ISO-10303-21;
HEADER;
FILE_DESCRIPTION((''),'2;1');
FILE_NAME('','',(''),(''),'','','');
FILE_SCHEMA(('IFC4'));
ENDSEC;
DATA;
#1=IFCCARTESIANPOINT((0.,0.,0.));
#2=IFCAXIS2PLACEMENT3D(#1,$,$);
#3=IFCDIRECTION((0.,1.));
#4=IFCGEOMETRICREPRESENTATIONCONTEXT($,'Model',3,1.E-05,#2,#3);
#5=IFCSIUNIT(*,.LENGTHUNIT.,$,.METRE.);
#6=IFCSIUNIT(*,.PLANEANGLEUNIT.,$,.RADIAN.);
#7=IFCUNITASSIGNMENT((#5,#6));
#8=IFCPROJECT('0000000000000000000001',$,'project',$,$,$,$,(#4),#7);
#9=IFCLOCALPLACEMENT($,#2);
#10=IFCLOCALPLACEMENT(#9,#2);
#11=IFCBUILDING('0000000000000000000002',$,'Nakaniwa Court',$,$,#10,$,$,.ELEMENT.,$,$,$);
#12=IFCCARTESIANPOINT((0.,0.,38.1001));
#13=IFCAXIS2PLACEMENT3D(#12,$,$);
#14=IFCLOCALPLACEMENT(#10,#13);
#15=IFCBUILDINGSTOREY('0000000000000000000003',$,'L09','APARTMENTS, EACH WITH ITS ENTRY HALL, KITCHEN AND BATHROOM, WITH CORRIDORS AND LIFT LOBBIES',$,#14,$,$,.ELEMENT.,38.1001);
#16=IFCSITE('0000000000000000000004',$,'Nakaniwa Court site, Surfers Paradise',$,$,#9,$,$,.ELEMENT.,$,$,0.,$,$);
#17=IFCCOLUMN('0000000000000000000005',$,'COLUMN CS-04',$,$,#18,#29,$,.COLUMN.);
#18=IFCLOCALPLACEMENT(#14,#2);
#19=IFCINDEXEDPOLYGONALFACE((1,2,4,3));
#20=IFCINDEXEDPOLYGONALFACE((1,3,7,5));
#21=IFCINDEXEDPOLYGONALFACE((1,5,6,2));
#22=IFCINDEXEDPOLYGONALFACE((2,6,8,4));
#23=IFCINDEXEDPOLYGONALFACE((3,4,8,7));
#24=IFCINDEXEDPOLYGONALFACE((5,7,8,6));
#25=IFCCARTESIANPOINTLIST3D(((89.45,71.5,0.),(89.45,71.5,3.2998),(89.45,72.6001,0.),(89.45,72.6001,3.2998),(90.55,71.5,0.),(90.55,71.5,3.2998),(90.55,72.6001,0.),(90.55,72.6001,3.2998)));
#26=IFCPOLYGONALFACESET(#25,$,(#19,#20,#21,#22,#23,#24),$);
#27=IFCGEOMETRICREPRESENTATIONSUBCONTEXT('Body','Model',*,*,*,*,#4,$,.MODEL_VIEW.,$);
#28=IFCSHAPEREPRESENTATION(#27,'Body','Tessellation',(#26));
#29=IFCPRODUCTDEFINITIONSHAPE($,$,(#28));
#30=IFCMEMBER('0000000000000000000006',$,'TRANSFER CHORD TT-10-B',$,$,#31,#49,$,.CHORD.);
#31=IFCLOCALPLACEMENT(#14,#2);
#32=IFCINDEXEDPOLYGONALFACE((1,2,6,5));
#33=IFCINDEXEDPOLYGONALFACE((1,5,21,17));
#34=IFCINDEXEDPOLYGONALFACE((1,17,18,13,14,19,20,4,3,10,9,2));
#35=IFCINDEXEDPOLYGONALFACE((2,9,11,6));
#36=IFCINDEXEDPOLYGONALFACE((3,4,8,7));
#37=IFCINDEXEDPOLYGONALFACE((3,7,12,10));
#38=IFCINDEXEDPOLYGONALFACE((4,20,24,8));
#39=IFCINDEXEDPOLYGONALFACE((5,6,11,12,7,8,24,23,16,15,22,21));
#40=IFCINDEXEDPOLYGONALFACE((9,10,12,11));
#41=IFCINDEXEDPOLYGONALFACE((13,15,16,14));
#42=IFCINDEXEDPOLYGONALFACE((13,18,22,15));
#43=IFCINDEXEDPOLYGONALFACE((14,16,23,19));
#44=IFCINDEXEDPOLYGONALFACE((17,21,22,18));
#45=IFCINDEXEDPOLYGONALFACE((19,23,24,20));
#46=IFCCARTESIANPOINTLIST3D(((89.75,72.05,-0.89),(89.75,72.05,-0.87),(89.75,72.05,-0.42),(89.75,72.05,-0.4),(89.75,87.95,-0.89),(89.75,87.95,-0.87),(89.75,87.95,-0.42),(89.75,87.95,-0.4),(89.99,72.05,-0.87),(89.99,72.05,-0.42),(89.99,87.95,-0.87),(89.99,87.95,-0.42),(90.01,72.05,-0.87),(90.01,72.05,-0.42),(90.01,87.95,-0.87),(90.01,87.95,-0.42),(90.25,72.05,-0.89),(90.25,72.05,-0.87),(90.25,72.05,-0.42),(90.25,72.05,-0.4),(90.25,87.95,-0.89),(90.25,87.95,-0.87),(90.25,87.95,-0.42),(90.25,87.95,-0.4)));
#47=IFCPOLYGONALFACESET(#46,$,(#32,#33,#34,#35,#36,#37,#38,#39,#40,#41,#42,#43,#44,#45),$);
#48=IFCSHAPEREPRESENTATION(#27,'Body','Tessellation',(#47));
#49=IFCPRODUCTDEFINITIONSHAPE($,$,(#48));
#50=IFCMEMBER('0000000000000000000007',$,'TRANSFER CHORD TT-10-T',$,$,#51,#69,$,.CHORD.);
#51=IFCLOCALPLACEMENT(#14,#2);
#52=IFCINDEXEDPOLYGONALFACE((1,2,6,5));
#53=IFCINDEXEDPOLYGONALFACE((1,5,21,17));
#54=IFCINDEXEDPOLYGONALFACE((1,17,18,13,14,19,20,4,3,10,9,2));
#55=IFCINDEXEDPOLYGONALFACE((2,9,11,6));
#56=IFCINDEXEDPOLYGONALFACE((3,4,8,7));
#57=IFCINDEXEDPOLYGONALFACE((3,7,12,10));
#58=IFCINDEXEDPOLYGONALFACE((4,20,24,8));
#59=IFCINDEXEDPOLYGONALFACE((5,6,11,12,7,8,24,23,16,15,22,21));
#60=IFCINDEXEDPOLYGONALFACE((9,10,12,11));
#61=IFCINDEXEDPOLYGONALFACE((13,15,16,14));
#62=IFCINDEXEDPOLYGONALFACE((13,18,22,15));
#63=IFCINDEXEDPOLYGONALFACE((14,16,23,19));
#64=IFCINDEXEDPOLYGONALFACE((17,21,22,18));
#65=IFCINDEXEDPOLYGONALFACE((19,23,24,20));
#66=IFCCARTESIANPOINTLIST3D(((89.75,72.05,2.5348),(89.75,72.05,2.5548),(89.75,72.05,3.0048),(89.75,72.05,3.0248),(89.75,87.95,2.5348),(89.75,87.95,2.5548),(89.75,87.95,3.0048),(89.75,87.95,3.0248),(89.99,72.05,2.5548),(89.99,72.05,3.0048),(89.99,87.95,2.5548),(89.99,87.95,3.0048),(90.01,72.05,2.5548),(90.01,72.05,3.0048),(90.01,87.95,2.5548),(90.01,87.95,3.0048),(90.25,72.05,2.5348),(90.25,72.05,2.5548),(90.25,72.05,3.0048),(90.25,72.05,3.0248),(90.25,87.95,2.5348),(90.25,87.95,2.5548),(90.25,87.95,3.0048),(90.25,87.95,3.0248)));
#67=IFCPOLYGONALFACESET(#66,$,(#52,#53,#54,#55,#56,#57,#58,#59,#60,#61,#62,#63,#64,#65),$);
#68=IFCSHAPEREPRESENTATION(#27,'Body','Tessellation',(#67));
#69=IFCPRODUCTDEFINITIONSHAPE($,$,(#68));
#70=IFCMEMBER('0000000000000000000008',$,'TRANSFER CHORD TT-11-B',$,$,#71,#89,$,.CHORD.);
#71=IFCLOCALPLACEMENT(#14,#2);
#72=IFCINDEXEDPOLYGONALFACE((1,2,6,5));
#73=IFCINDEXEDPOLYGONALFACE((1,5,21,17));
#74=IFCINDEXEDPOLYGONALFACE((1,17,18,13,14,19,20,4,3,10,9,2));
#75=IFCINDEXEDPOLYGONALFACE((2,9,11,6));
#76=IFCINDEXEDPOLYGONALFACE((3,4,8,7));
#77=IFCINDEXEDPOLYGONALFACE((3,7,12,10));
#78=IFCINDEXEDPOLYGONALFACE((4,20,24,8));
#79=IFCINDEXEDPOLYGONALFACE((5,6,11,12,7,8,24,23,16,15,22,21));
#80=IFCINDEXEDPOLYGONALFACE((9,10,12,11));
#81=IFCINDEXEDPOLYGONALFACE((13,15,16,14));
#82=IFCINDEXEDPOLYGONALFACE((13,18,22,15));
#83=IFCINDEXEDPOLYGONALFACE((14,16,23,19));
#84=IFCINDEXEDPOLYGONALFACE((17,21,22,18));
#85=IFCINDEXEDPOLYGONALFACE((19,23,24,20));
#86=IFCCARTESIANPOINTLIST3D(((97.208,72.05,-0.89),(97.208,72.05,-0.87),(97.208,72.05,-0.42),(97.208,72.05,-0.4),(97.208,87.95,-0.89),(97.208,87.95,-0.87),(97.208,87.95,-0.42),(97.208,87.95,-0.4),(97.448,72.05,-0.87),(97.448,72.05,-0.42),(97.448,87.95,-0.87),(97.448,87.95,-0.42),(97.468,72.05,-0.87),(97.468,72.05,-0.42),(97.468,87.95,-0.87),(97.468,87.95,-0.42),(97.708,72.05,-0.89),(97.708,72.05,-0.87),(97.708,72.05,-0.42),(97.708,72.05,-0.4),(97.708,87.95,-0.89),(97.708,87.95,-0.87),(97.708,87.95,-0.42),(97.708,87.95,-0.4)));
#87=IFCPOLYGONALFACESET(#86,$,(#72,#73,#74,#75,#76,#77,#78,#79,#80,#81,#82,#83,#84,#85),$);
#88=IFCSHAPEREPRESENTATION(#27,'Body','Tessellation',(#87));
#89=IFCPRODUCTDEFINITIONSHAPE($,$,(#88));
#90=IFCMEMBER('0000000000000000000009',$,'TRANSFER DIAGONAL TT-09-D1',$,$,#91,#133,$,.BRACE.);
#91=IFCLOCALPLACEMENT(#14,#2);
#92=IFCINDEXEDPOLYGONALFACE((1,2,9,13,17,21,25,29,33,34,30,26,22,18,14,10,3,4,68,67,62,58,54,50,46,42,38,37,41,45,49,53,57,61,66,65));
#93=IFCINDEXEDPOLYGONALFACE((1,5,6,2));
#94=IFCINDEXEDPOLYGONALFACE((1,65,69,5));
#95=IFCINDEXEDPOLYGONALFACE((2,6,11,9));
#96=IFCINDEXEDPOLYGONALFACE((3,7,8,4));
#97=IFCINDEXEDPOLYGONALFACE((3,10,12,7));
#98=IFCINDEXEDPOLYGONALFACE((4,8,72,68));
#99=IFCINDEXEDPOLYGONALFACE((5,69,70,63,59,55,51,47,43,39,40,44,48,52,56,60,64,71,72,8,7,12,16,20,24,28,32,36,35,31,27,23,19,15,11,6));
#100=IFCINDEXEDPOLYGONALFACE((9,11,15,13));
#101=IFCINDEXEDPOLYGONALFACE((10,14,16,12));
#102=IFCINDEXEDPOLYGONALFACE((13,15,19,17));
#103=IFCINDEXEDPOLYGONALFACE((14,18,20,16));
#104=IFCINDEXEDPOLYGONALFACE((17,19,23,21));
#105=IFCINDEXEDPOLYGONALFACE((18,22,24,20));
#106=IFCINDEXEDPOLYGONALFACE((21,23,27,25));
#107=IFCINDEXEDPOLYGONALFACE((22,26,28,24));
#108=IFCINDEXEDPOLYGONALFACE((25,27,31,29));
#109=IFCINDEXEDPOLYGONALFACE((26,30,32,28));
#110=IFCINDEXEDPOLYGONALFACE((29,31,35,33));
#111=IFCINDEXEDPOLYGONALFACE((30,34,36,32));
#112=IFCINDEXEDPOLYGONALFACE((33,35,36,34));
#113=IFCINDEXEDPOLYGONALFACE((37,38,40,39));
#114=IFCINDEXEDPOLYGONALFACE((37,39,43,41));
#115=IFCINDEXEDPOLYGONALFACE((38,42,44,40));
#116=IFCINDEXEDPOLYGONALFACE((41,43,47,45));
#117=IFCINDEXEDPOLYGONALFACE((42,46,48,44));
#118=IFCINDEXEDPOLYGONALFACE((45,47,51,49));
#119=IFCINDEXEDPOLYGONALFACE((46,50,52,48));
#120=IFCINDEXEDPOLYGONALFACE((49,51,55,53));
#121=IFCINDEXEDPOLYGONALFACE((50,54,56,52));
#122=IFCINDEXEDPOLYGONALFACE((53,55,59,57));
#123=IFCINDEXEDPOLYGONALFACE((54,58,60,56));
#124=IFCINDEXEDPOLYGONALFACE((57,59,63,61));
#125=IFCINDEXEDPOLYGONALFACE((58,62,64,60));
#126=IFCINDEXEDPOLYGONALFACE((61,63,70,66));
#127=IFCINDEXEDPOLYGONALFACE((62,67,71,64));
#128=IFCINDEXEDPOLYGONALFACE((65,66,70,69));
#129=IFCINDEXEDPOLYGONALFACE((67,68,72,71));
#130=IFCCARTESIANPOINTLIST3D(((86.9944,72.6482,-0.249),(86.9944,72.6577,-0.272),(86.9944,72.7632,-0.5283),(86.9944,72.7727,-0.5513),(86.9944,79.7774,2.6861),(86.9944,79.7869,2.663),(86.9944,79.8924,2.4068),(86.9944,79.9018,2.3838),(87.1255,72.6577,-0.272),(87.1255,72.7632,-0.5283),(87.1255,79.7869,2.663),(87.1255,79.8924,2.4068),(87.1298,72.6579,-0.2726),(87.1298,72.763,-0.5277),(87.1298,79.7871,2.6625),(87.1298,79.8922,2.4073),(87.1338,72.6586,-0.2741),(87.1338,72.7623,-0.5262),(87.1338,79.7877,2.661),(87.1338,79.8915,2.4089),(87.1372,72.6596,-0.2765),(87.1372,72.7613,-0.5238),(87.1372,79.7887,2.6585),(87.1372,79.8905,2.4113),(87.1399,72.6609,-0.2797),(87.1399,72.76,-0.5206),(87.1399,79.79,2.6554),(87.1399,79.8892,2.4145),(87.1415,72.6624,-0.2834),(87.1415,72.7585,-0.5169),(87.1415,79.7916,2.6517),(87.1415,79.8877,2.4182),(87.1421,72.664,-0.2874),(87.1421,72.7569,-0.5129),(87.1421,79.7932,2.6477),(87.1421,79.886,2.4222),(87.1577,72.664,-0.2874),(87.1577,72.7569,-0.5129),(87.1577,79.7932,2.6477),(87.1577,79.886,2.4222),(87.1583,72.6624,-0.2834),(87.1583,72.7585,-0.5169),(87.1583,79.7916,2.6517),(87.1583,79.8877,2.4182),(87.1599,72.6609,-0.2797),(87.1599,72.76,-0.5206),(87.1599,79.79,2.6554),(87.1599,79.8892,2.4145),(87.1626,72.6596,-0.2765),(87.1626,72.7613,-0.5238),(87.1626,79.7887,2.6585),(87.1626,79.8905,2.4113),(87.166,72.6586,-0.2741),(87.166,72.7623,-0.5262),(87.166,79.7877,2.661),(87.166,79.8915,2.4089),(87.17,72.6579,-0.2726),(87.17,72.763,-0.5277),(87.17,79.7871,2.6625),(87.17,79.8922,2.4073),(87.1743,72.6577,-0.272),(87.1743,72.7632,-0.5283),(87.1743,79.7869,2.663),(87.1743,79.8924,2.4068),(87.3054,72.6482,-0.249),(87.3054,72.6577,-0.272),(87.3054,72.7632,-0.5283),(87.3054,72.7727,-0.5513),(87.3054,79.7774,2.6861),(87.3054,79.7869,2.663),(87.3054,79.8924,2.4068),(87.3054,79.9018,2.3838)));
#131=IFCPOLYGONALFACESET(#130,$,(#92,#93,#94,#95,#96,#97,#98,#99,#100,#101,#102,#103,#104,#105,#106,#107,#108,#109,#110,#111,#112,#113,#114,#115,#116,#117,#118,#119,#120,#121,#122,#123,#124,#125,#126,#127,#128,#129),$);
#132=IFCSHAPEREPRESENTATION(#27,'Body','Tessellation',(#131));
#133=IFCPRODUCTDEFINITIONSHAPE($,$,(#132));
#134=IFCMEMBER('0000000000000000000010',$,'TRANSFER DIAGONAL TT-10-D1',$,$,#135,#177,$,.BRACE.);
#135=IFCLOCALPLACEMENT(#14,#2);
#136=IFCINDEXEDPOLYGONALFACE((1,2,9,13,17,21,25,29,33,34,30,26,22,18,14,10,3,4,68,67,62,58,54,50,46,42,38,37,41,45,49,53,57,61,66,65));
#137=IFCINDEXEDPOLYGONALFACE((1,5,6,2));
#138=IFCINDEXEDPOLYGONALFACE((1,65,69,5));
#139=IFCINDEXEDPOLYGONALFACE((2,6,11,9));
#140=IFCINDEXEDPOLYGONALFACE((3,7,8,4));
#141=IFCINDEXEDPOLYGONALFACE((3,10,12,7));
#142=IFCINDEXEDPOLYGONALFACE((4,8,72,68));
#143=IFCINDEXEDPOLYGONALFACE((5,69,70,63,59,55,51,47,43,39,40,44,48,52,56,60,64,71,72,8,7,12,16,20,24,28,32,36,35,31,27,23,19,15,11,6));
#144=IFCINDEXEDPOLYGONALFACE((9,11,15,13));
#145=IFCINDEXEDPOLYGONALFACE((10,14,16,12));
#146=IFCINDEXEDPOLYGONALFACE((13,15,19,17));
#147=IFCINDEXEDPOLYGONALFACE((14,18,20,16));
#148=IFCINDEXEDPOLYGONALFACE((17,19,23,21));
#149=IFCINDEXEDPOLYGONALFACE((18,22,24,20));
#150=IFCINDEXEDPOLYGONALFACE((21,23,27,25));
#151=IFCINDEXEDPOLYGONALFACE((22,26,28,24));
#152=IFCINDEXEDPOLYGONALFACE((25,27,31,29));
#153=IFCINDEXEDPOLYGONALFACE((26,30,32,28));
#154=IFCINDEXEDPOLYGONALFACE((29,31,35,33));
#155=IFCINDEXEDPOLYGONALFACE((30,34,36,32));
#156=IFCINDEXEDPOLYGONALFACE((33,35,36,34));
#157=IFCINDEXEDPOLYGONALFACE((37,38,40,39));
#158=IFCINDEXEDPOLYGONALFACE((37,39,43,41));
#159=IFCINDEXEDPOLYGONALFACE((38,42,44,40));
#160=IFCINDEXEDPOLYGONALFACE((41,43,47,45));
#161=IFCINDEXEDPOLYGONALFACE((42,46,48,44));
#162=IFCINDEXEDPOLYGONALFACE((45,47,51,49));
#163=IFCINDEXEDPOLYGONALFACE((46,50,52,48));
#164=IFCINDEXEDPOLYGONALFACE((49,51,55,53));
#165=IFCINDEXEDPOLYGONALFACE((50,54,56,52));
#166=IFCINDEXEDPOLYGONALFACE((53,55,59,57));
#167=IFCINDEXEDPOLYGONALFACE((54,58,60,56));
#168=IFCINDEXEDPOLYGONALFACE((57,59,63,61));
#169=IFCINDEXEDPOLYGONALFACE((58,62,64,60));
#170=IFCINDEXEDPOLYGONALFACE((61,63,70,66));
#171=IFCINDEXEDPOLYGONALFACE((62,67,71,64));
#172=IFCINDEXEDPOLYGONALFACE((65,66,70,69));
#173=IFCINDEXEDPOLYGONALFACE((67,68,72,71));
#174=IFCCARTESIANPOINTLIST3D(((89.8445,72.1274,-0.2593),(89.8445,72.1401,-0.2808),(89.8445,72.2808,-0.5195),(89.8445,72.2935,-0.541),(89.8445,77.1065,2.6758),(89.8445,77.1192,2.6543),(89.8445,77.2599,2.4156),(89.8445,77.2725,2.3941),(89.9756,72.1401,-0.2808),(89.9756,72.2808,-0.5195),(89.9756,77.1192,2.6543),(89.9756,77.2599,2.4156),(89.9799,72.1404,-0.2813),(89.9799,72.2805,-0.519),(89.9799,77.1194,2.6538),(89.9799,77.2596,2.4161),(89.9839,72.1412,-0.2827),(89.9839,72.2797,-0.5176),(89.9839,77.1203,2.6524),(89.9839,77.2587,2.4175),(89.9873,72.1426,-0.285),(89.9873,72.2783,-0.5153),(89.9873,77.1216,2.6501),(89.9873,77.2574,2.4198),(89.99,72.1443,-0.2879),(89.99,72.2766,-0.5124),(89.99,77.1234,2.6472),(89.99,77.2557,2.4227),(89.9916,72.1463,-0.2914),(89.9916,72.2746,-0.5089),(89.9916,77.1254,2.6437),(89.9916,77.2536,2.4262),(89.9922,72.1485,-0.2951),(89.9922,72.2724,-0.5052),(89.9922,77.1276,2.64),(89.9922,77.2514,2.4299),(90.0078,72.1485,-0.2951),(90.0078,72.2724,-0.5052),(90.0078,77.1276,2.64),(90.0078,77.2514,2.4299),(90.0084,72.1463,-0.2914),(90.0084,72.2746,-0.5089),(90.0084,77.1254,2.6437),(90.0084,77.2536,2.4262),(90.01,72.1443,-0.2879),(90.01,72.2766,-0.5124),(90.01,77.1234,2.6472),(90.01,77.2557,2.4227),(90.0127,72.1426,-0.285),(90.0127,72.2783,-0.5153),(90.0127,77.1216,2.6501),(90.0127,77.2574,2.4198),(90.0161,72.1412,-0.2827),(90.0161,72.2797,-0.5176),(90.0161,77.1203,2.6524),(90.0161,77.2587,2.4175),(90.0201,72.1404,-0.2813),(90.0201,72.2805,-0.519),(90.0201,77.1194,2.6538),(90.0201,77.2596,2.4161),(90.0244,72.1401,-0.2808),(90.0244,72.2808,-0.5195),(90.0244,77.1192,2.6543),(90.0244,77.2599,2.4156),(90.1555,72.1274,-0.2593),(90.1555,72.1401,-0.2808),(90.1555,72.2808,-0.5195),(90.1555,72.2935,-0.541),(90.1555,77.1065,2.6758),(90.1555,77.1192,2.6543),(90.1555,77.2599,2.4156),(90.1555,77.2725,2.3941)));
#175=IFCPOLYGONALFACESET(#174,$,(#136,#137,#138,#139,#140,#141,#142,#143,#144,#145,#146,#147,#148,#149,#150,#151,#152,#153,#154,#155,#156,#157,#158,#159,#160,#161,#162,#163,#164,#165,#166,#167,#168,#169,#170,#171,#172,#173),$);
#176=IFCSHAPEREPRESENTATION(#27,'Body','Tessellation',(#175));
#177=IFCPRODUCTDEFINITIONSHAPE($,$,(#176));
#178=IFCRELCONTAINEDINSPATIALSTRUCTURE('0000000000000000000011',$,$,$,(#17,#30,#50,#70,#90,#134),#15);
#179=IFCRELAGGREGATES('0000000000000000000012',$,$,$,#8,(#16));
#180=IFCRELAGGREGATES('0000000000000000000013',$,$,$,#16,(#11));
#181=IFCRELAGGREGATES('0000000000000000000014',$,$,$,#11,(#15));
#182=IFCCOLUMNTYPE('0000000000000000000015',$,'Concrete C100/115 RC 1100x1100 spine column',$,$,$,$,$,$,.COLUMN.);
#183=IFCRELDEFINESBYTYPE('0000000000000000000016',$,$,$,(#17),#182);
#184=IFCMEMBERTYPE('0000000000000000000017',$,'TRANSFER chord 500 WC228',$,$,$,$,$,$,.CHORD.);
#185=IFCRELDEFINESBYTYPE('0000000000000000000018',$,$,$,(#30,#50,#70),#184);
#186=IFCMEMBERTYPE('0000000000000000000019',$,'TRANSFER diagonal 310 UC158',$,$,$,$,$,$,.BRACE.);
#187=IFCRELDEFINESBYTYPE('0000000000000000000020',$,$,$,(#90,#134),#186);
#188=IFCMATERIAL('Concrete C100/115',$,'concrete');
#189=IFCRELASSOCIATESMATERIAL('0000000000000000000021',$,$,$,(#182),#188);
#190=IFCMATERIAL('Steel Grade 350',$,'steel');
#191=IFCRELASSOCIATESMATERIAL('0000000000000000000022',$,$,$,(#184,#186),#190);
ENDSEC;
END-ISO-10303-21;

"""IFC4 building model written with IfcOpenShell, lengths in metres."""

from ifc_helpers import new_model, si_unit, direction, frame, origin, origin_2d, place, context, subcontext, project, spatial, rectangle, i_section, extrude, material, material_profile, profile_set, type_object, element, save


model = new_model("IFC4")

# Units and contexts
model_context = context("Model", 3, precision=1e-05, world=origin(), true_north=direction((0.0, 1.0)))
body_context = subcontext(model_context, "Body", "Model", "MODEL_VIEW")
ifc_project = project(units=[si_unit("LENGTHUNIT", "METRE"), si_unit("PLANEANGLEUNIT", "RADIAN")], contexts=[model_context])

# Site, building, storey
site_placement = place(None, origin())
site = spatial("IfcSite", under=ifc_project, at=site_placement, Name="Nakaniwa Court site, Surfers Paradise", CompositionType="ELEMENT", RefElevation=0.0)
building_placement = place(site_placement, origin())
building = spatial("IfcBuilding", under=site, at=building_placement, Name="Nakaniwa Court", CompositionType="ELEMENT")
storey_placement = place(building_placement, frame((0.0, 0.0, 38.1001)))
storey = spatial("IfcBuildingStorey", under=building, at=storey_placement, Name="L09", Description="APARTMENTS, EACH WITH ITS ENTRY HALL, KITCHEN AND BATHROOM, WITH CORRIDORS AND LIFT LOBBIES", CompositionType="ELEMENT", Elevation=38.1001)

# Column
ifc_material_1 = material(Name="Concrete C100/115", Category="concrete")
ifc_material_profile_1 = material_profile(ifc_material_1, rectangle(XDim=1.1001, YDim=1.1001, at=origin_2d()), Name="Concrete C100/115 RC 1100x1100 spine column")
ifc_profile_set_1 = profile_set([ifc_material_profile_1], Name="Concrete C100/115")
column_type = type_object("IfcColumnType", Name="Concrete C100/115 RC 1100x1100 spine column", PredefinedType="COLUMN", material=ifc_profile_set_1)
column_placement = place(storey_placement, frame((90.0, 72.05, 0.0), z_axis=(0.0, 0.0, 1.0), x_axis=(0.0, 1.0, 0.0)))
element("IfcColumn", 1, at=column_placement, inside=storey, type_object=column_type, Name="COLUMN CS-04", PredefinedType="COLUMN", context=body_context, shape_type="SweptSolid", body=[
    extrude(rectangle(XDim=1.1001, YDim=1.1001, at=origin_2d()), origin(), (0.0, 0.0, 1.0), 3.2998),
])

# Members
ifc_material_2 = material(Name="Steel Grade 350", Category="steel")
ifc_material_profile_2 = material_profile(ifc_material_2, i_section(OverallWidth=0.5, OverallDepth=0.49, WebThickness=0.02, FlangeThickness=0.02, at=origin_2d()), Name="500WC228")
ifc_profile_set_2 = profile_set([ifc_material_profile_2], Name="Steel Grade 350")
member_type_1 = type_object("IfcMemberType", Name="TRANSFER chord 500 WC228", PredefinedType="CHORD", material=ifc_profile_set_2)
for number, where, z_axis, x_axis, name in (
    (2, (90.0, 72.05, -0.645), (0.0, 1.0, 0.0), (-1.0, 0.0, 0.0), "TRANSFER CHORD TT-10-B"),
    (3, (90.0, 72.05, 2.7798), (0.0, 1.0, 0.0), (-1.0, 0.0, 0.0), "TRANSFER CHORD TT-10-T"),
    (4, (97.458, 72.05, -0.645), (0.0, 1.0, 0.0), (-1.0, 0.0, 0.0), "TRANSFER CHORD TT-11-B"),
):
    element("IfcMember", number, at=place(storey_placement, frame(where, z_axis=z_axis, x_axis=x_axis)), inside=storey, type_object=member_type_1, Name=name, PredefinedType="CHORD", context=body_context, shape_type="SweptSolid", body=[
        extrude(i_section(OverallWidth=0.5, OverallDepth=0.49, WebThickness=0.02, FlangeThickness=0.02, at=origin_2d()), origin(), (0.0, 0.0, 1.0), 15.8999),
    ])
ifc_material_profile_3 = material_profile(ifc_material_2, i_section(OverallWidth=0.311, OverallDepth=0.3269, WebThickness=0.0156, FlangeThickness=0.0249, FilletRadius=0.0166, at=origin_2d()), Name="310UC158")
ifc_profile_set_3 = profile_set([ifc_material_profile_3], Name="Steel Grade 350")
member_type_2 = type_object("IfcMemberType", Name="TRANSFER diagonal 310 UC158", PredefinedType="BRACE", material=ifc_profile_set_3)
member_1_placement = place(storey_placement, frame((87.1499, 72.7104, -0.4001), z_axis=(0.0, 0.9247, 0.380697), x_axis=(-1.0, 0.0, 0.0)))
element("IfcMember", 5, at=member_1_placement, inside=storey, type_object=member_type_2, Name="TRANSFER DIAGONAL TT-09-D1", PredefinedType="BRACE", context=body_context, shape_type="SweptSolid", body=[
    extrude(i_section(OverallWidth=0.311, OverallDepth=0.3269, WebThickness=0.0156, FlangeThickness=0.0249, FilletRadius=0.0166, at=origin_2d()), origin(), (0.0, 0.0, 1.0), 7.7097),
])
member_2_placement = place(storey_placement, frame((90.0, 72.2104, -0.4001), z_axis=(0.0, 0.861463, 0.507821), x_axis=(-1.0, 0.0, 0.0)))
element("IfcMember", 6, at=member_2_placement, inside=storey, type_object=member_type_2, Name="TRANSFER DIAGONAL TT-10-D1", PredefinedType="BRACE", context=body_context, shape_type="SweptSolid", body=[
    extrude(i_section(OverallWidth=0.311, OverallDepth=0.3269, WebThickness=0.0156, FlangeThickness=0.0249, FilletRadius=0.0166, at=origin_2d()), origin(), (0.0, 0.0, 1.0), 5.7798),
])

save(model, "model.ifc")
